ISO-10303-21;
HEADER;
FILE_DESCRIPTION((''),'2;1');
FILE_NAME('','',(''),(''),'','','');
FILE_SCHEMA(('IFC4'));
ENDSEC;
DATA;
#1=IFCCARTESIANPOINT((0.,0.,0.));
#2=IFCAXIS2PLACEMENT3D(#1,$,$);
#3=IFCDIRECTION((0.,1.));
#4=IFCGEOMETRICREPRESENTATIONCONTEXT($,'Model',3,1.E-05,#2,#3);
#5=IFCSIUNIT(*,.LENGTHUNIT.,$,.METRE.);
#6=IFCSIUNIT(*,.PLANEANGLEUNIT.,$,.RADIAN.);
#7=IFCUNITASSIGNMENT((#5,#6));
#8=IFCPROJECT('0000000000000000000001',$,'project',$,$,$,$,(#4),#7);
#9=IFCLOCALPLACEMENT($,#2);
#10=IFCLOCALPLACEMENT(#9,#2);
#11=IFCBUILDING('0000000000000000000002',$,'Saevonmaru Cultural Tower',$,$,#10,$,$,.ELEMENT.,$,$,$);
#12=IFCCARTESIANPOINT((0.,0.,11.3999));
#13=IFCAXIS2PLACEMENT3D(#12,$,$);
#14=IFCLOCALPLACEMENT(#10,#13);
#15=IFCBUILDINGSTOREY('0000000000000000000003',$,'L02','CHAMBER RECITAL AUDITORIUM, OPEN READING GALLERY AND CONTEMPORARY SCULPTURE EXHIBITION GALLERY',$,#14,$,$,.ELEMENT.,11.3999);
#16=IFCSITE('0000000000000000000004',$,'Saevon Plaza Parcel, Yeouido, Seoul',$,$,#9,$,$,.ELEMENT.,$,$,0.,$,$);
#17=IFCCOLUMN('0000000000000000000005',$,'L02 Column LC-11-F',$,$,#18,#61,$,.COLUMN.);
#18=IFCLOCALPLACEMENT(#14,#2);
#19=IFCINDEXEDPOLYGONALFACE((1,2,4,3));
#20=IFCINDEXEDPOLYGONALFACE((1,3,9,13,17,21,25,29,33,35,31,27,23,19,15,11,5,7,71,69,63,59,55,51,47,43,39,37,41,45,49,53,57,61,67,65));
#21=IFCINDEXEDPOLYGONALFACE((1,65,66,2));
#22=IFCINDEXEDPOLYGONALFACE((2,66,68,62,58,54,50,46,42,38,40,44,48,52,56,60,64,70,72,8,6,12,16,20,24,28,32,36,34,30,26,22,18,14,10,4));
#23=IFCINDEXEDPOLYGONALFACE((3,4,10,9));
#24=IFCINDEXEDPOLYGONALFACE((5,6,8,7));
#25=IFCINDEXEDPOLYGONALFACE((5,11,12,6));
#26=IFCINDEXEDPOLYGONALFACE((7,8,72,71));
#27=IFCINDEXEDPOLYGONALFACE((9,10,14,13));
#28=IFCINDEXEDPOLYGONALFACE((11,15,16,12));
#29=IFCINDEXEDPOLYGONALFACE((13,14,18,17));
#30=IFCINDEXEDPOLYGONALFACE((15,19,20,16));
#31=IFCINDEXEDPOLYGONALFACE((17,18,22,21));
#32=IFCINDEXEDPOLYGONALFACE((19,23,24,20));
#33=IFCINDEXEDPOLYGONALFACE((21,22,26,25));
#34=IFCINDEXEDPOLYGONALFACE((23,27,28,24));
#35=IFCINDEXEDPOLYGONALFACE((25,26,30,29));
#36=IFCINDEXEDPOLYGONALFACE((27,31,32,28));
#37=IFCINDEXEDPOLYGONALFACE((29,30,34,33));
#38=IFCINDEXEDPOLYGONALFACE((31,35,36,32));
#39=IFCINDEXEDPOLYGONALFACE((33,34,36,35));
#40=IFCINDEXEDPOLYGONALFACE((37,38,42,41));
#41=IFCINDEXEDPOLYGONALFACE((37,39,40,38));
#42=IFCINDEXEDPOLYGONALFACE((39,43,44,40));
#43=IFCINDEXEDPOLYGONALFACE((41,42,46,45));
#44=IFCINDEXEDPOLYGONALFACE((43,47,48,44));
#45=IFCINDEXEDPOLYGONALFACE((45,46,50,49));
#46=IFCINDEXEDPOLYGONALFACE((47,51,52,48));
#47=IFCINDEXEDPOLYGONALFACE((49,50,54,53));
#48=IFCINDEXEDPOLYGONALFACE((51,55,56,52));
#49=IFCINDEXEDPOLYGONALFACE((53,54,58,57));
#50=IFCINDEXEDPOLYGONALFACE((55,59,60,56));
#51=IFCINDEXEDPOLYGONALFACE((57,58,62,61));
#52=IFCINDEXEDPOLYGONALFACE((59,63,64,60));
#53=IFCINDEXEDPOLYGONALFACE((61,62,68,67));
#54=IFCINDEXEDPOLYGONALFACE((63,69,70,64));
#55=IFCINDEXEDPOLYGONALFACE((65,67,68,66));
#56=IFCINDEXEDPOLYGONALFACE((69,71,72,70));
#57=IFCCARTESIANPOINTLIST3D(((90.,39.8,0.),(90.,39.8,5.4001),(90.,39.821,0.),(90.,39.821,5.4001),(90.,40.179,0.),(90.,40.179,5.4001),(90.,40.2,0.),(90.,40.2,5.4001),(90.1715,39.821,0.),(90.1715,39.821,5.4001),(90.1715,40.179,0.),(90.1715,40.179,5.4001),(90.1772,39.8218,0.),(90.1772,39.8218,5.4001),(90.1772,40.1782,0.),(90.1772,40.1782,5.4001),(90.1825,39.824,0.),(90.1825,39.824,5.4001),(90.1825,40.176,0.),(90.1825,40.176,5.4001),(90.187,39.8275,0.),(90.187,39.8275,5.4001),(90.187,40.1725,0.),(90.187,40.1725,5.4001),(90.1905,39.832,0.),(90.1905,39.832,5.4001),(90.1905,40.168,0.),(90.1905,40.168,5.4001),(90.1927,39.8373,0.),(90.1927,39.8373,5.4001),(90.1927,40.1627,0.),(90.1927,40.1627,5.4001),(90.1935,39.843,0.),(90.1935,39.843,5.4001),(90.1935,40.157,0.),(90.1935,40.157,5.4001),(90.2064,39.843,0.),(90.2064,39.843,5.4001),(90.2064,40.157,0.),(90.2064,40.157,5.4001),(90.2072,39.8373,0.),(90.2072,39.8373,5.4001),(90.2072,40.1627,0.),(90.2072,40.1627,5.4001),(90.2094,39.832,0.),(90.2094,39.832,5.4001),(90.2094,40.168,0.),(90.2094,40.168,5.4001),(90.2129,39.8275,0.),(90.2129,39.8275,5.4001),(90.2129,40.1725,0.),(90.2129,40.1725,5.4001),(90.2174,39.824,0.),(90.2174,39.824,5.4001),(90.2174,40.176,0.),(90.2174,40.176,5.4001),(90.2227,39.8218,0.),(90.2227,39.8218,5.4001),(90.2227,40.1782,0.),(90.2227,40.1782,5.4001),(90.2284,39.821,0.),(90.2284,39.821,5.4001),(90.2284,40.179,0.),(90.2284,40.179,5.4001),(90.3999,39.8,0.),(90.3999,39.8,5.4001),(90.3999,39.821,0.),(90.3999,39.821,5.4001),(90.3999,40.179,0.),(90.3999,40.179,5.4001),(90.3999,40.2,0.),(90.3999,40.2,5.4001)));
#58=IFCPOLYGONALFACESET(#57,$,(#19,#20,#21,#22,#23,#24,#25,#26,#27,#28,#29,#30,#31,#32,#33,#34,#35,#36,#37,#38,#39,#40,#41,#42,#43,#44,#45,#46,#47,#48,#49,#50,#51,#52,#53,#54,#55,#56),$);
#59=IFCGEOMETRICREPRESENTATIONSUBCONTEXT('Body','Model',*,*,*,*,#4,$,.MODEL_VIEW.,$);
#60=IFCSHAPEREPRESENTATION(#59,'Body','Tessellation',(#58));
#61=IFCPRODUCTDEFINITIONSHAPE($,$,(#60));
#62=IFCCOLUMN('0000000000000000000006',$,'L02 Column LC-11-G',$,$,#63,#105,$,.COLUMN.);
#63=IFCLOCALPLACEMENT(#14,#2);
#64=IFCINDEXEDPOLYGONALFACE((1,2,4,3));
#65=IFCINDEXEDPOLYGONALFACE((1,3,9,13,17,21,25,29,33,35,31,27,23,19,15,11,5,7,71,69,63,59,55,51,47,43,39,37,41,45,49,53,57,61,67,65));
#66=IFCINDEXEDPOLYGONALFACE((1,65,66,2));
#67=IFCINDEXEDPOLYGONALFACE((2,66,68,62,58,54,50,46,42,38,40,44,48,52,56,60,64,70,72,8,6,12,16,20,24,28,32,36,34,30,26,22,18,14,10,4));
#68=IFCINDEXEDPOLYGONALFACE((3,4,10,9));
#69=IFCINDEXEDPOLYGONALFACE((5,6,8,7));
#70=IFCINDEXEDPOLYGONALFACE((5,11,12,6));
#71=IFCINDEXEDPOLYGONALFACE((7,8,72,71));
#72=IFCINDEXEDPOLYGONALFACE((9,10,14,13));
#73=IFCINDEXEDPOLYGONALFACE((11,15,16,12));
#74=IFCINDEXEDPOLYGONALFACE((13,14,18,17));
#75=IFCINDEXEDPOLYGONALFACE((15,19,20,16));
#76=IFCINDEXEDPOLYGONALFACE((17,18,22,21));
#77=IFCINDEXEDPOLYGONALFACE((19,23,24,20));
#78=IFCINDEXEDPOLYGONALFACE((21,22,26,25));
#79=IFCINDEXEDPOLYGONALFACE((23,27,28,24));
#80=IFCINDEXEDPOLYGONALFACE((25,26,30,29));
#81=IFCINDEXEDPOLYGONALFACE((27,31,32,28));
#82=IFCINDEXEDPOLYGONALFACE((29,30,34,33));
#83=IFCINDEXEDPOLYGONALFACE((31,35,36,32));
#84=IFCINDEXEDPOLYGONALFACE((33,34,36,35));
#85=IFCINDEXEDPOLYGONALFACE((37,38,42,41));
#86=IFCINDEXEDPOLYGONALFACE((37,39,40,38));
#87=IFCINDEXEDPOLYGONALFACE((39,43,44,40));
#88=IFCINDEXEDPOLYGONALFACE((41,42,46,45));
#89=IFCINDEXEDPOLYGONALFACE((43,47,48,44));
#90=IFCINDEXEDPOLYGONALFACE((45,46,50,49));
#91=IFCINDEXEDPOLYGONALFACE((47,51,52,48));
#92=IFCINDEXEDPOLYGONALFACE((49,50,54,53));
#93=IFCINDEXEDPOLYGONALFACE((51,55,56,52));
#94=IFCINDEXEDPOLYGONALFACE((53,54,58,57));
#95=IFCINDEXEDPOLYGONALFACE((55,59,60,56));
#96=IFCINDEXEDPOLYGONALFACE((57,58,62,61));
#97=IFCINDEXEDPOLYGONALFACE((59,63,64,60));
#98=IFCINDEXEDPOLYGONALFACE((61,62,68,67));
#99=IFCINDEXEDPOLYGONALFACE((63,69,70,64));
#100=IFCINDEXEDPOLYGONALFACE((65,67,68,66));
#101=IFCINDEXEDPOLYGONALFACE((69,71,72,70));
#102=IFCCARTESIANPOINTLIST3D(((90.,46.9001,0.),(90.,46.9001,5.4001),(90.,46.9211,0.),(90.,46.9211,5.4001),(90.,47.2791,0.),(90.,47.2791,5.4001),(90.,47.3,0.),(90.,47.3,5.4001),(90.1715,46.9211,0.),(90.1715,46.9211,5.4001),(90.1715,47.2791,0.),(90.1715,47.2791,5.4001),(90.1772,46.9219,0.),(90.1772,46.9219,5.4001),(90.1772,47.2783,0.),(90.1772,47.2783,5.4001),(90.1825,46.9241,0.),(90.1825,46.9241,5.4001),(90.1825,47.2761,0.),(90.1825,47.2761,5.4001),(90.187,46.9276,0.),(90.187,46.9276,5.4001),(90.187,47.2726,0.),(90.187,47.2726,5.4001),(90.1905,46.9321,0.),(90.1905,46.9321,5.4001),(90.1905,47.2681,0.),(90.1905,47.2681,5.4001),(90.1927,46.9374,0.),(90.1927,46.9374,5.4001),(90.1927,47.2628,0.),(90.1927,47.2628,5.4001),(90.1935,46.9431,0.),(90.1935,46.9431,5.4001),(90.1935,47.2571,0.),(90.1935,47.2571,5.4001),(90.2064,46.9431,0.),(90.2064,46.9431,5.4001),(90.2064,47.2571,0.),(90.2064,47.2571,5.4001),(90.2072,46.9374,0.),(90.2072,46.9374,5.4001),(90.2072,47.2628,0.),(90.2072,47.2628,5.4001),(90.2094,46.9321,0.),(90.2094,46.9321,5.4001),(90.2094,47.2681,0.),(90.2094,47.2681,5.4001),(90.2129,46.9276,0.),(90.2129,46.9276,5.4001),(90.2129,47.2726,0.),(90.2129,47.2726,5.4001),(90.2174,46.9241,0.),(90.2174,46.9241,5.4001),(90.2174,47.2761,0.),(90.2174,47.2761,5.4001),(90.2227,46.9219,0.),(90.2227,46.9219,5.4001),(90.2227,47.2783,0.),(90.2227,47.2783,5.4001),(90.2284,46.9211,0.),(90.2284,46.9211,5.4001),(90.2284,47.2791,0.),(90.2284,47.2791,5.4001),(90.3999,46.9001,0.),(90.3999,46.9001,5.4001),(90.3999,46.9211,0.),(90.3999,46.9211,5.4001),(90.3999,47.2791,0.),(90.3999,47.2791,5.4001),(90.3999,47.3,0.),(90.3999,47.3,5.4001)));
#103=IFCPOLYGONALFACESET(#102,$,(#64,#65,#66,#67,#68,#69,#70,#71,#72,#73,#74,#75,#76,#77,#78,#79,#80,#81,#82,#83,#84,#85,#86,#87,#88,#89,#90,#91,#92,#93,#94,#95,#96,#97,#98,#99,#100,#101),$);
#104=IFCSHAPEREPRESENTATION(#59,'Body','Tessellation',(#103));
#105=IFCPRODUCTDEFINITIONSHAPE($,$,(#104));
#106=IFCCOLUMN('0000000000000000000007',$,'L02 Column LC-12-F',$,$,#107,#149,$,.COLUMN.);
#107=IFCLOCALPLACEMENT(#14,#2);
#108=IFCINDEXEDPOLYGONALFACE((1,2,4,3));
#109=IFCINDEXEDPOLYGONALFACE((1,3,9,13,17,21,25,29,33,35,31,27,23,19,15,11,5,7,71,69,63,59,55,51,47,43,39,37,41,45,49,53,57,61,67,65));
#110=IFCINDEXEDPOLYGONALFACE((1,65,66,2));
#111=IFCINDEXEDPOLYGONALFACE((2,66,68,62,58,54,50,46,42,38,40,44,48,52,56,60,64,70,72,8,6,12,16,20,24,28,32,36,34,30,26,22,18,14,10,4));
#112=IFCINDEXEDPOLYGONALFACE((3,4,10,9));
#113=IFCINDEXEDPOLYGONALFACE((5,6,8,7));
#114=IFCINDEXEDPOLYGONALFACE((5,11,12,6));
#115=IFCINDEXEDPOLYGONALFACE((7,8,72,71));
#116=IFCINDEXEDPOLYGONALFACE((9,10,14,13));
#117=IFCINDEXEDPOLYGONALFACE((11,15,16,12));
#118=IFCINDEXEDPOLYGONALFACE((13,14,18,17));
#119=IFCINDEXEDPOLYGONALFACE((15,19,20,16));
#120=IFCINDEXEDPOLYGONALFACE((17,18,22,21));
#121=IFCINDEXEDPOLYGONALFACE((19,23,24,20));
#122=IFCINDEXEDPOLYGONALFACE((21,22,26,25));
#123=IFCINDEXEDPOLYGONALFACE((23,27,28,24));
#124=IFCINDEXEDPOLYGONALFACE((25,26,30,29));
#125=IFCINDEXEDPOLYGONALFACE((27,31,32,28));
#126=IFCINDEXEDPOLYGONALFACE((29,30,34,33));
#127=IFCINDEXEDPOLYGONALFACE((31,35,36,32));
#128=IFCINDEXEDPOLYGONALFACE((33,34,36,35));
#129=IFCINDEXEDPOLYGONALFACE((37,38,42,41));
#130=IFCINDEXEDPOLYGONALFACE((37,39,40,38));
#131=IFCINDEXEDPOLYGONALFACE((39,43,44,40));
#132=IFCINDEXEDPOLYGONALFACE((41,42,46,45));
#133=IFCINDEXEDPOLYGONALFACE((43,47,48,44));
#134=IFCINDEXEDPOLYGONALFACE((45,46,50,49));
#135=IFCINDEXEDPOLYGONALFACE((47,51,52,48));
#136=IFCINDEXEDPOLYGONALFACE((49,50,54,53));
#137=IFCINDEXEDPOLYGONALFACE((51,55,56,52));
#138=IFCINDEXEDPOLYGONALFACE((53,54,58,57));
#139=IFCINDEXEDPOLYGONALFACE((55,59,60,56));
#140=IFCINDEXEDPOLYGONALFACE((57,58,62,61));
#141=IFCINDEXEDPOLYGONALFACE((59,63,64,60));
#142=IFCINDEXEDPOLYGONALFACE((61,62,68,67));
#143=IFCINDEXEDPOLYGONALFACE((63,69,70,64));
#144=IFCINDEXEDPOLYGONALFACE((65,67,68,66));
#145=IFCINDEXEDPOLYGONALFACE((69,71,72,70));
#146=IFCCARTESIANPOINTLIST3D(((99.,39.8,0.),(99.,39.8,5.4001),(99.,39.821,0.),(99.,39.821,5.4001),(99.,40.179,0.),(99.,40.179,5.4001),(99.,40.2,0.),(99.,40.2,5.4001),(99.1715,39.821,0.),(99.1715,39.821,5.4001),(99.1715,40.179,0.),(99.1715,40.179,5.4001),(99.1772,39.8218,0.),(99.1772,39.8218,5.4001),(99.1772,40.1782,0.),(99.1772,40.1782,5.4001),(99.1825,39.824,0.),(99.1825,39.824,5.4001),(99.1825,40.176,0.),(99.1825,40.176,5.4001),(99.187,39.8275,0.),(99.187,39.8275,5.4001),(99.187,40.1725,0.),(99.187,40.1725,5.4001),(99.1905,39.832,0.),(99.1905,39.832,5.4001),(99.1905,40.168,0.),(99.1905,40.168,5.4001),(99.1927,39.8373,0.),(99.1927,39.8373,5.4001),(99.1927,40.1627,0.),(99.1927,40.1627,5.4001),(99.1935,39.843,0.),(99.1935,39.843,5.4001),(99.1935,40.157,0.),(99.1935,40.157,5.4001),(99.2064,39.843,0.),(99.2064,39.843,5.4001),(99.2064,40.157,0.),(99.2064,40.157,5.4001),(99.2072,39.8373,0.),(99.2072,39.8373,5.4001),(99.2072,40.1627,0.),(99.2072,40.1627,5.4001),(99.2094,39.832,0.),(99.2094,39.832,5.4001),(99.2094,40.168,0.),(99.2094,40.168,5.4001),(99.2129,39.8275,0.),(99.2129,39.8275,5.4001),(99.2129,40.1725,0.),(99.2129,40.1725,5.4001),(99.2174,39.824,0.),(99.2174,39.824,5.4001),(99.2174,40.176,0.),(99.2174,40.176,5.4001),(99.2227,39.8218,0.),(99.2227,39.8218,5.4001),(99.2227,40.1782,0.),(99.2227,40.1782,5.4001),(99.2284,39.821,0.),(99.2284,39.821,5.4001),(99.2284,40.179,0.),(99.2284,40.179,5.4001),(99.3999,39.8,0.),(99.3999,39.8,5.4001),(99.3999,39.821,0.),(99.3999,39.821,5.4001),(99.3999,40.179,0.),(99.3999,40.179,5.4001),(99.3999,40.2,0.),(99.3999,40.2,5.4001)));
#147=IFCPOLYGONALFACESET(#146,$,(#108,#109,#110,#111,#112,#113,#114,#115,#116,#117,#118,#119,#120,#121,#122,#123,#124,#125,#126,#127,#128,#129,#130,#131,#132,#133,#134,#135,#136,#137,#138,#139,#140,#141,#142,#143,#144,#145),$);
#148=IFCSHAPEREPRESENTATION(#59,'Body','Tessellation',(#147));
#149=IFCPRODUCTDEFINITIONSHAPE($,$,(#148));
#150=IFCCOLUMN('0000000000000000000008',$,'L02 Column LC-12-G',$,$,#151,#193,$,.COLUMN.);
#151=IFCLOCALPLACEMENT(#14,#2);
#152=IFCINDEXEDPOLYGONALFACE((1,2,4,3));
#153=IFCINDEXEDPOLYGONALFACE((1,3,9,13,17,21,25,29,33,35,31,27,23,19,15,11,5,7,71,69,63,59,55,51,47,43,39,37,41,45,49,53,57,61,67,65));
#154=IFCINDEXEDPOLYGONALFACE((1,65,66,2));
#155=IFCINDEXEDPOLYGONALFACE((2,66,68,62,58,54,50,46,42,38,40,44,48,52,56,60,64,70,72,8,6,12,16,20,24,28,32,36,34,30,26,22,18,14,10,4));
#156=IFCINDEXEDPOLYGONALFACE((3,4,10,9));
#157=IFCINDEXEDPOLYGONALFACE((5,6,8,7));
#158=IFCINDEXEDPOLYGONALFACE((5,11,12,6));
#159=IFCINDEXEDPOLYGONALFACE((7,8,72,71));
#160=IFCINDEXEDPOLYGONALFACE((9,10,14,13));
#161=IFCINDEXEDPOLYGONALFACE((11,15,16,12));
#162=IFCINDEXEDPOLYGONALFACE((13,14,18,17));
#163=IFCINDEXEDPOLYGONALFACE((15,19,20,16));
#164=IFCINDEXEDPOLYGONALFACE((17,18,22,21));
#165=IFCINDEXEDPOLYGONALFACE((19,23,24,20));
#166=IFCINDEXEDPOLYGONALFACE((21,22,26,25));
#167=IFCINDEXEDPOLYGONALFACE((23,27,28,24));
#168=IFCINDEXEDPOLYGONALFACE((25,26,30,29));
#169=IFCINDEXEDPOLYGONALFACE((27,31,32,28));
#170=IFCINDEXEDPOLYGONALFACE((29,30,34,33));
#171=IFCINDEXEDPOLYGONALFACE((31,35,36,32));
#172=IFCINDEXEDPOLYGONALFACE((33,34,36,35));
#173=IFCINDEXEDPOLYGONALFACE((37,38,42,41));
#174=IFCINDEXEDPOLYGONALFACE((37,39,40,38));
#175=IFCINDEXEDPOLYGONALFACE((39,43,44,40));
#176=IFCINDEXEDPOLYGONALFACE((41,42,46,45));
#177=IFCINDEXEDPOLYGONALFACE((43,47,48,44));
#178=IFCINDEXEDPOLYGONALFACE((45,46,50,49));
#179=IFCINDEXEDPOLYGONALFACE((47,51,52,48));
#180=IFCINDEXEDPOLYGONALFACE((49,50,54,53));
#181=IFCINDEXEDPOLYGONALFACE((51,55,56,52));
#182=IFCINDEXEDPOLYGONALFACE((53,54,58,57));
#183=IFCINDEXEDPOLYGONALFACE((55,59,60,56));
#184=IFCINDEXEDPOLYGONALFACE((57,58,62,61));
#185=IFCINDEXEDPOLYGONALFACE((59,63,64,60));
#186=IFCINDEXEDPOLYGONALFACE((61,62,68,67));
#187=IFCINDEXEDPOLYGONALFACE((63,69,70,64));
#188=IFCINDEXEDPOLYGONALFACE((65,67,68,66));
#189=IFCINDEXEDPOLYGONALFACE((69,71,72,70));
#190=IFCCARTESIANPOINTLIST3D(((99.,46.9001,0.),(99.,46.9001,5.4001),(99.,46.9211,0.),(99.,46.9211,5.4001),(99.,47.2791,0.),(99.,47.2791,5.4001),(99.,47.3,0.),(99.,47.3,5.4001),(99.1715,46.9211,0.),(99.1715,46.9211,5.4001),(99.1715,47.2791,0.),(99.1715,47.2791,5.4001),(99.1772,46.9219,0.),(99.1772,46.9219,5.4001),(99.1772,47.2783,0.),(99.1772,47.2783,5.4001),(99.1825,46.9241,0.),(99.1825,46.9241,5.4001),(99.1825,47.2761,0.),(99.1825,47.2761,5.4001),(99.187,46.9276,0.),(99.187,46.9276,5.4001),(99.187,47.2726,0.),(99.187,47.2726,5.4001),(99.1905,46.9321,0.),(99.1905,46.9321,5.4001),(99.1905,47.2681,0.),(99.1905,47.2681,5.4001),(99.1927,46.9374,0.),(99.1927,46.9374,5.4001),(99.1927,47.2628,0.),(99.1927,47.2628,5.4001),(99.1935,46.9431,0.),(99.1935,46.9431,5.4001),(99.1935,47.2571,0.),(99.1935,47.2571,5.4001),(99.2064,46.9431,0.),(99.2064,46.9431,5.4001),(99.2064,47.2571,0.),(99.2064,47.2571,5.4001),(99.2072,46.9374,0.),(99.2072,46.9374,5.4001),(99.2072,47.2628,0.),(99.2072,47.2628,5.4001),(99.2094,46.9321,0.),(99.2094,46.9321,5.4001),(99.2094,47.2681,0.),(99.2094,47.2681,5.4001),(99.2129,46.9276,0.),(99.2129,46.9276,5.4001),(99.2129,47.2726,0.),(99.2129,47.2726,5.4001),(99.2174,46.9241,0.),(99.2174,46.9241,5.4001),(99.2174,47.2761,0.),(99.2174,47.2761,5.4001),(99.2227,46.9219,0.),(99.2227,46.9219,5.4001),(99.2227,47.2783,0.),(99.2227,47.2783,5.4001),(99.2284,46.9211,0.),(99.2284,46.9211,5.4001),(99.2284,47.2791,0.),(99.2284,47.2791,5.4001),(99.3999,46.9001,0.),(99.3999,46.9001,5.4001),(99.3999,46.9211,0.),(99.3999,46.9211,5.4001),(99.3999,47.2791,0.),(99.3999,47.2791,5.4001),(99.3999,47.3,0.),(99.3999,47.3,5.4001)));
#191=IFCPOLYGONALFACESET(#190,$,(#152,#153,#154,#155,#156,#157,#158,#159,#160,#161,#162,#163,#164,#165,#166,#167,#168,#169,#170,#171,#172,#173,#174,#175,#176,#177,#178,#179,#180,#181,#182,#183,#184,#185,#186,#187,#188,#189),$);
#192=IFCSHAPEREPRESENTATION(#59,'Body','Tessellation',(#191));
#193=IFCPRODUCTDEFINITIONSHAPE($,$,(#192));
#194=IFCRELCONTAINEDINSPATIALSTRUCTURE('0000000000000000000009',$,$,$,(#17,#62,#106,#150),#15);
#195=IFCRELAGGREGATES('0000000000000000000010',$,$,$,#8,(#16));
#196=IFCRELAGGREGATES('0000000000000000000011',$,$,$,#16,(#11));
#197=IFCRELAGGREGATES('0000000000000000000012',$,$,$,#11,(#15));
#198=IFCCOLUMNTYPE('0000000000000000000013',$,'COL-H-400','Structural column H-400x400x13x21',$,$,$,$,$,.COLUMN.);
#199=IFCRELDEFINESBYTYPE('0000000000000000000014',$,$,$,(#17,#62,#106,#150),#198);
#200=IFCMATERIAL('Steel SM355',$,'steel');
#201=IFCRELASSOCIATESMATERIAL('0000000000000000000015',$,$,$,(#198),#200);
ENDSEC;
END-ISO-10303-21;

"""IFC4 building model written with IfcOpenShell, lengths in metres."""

from ifc_helpers import new_model, si_unit, direction, frame, origin, origin_2d, place, context, subcontext, project, spatial, i_section, extrude, material, material_profile, profile_set, type_object, element, save


model = new_model("IFC4")

# Units and contexts
model_context = context("Model", 3, precision=1e-05, world=origin(), true_north=direction((0.0, 1.0)))
body_context = subcontext(model_context, "Body", "Model", "MODEL_VIEW")
ifc_project = project(units=[si_unit("LENGTHUNIT", "METRE"), si_unit("PLANEANGLEUNIT", "RADIAN")], contexts=[model_context])

# Site, building, storey
site_placement = place(None, origin())
site = spatial("IfcSite", under=ifc_project, at=site_placement, Name="Saevon Plaza Parcel, Yeouido, Seoul", CompositionType="ELEMENT", RefElevation=0.0)
building_placement = place(site_placement, origin())
building = spatial("IfcBuilding", under=site, at=building_placement, Name="Saevonmaru Cultural Tower", CompositionType="ELEMENT")
storey_placement = place(building_placement, frame((0.0, 0.0, 11.3999)))
storey = spatial("IfcBuildingStorey", under=building, at=storey_placement, Name="L02", Description="CHAMBER RECITAL AUDITORIUM, OPEN READING GALLERY AND CONTEMPORARY SCULPTURE EXHIBITION GALLERY", CompositionType="ELEMENT", Elevation=11.3999)

# Columns
ifc_material_1 = material(Name="Steel SM355", Category="steel")
ifc_material_profile_1 = material_profile(ifc_material_1, i_section(OverallWidth=0.3999, OverallDepth=0.3999, WebThickness=0.0129, FlangeThickness=0.021, FilletRadius=0.022, at=origin_2d()), Name="H-400x400x13x21")
ifc_profile_set_1 = profile_set([ifc_material_profile_1], Name="Steel SM355")
column_type = type_object("IfcColumnType", Name="COL-H-400", Description="Structural column H-400x400x13x21", PredefinedType="COLUMN", material=ifc_profile_set_1)
for number, where, z_axis, x_axis, name in (
    (1, (90.2, 40.0, 0.0), (0.0, 0.0, 1.0), (1.0, 0.0, 0.0), "L02 Column LC-11-F"),
    (2, (90.2, 47.1001, 0.0), (0.0, 0.0, 1.0), (1.0, 0.0, 0.0), "L02 Column LC-11-G"),
    (3, (99.2, 40.0, 0.0), (0.0, 0.0, 1.0), (1.0, 0.0, 0.0), "L02 Column LC-12-F"),
    (4, (99.2, 47.1001, 0.0), (0.0, 0.0, 1.0), (1.0, 0.0, 0.0), "L02 Column LC-12-G"),
):
    element("IfcColumn", number, at=place(storey_placement, frame(where, z_axis=z_axis, x_axis=x_axis)), inside=storey, type_object=column_type, Name=name, PredefinedType="COLUMN", context=body_context, shape_type="SweptSolid", body=[
        extrude(i_section(OverallWidth=0.3999, OverallDepth=0.3999, WebThickness=0.0129, FlangeThickness=0.021, FilletRadius=0.022, at=origin_2d()), origin(), (0.0, 0.0, 1.0), 5.4001),
    ])

save(model, "model.ifc")
